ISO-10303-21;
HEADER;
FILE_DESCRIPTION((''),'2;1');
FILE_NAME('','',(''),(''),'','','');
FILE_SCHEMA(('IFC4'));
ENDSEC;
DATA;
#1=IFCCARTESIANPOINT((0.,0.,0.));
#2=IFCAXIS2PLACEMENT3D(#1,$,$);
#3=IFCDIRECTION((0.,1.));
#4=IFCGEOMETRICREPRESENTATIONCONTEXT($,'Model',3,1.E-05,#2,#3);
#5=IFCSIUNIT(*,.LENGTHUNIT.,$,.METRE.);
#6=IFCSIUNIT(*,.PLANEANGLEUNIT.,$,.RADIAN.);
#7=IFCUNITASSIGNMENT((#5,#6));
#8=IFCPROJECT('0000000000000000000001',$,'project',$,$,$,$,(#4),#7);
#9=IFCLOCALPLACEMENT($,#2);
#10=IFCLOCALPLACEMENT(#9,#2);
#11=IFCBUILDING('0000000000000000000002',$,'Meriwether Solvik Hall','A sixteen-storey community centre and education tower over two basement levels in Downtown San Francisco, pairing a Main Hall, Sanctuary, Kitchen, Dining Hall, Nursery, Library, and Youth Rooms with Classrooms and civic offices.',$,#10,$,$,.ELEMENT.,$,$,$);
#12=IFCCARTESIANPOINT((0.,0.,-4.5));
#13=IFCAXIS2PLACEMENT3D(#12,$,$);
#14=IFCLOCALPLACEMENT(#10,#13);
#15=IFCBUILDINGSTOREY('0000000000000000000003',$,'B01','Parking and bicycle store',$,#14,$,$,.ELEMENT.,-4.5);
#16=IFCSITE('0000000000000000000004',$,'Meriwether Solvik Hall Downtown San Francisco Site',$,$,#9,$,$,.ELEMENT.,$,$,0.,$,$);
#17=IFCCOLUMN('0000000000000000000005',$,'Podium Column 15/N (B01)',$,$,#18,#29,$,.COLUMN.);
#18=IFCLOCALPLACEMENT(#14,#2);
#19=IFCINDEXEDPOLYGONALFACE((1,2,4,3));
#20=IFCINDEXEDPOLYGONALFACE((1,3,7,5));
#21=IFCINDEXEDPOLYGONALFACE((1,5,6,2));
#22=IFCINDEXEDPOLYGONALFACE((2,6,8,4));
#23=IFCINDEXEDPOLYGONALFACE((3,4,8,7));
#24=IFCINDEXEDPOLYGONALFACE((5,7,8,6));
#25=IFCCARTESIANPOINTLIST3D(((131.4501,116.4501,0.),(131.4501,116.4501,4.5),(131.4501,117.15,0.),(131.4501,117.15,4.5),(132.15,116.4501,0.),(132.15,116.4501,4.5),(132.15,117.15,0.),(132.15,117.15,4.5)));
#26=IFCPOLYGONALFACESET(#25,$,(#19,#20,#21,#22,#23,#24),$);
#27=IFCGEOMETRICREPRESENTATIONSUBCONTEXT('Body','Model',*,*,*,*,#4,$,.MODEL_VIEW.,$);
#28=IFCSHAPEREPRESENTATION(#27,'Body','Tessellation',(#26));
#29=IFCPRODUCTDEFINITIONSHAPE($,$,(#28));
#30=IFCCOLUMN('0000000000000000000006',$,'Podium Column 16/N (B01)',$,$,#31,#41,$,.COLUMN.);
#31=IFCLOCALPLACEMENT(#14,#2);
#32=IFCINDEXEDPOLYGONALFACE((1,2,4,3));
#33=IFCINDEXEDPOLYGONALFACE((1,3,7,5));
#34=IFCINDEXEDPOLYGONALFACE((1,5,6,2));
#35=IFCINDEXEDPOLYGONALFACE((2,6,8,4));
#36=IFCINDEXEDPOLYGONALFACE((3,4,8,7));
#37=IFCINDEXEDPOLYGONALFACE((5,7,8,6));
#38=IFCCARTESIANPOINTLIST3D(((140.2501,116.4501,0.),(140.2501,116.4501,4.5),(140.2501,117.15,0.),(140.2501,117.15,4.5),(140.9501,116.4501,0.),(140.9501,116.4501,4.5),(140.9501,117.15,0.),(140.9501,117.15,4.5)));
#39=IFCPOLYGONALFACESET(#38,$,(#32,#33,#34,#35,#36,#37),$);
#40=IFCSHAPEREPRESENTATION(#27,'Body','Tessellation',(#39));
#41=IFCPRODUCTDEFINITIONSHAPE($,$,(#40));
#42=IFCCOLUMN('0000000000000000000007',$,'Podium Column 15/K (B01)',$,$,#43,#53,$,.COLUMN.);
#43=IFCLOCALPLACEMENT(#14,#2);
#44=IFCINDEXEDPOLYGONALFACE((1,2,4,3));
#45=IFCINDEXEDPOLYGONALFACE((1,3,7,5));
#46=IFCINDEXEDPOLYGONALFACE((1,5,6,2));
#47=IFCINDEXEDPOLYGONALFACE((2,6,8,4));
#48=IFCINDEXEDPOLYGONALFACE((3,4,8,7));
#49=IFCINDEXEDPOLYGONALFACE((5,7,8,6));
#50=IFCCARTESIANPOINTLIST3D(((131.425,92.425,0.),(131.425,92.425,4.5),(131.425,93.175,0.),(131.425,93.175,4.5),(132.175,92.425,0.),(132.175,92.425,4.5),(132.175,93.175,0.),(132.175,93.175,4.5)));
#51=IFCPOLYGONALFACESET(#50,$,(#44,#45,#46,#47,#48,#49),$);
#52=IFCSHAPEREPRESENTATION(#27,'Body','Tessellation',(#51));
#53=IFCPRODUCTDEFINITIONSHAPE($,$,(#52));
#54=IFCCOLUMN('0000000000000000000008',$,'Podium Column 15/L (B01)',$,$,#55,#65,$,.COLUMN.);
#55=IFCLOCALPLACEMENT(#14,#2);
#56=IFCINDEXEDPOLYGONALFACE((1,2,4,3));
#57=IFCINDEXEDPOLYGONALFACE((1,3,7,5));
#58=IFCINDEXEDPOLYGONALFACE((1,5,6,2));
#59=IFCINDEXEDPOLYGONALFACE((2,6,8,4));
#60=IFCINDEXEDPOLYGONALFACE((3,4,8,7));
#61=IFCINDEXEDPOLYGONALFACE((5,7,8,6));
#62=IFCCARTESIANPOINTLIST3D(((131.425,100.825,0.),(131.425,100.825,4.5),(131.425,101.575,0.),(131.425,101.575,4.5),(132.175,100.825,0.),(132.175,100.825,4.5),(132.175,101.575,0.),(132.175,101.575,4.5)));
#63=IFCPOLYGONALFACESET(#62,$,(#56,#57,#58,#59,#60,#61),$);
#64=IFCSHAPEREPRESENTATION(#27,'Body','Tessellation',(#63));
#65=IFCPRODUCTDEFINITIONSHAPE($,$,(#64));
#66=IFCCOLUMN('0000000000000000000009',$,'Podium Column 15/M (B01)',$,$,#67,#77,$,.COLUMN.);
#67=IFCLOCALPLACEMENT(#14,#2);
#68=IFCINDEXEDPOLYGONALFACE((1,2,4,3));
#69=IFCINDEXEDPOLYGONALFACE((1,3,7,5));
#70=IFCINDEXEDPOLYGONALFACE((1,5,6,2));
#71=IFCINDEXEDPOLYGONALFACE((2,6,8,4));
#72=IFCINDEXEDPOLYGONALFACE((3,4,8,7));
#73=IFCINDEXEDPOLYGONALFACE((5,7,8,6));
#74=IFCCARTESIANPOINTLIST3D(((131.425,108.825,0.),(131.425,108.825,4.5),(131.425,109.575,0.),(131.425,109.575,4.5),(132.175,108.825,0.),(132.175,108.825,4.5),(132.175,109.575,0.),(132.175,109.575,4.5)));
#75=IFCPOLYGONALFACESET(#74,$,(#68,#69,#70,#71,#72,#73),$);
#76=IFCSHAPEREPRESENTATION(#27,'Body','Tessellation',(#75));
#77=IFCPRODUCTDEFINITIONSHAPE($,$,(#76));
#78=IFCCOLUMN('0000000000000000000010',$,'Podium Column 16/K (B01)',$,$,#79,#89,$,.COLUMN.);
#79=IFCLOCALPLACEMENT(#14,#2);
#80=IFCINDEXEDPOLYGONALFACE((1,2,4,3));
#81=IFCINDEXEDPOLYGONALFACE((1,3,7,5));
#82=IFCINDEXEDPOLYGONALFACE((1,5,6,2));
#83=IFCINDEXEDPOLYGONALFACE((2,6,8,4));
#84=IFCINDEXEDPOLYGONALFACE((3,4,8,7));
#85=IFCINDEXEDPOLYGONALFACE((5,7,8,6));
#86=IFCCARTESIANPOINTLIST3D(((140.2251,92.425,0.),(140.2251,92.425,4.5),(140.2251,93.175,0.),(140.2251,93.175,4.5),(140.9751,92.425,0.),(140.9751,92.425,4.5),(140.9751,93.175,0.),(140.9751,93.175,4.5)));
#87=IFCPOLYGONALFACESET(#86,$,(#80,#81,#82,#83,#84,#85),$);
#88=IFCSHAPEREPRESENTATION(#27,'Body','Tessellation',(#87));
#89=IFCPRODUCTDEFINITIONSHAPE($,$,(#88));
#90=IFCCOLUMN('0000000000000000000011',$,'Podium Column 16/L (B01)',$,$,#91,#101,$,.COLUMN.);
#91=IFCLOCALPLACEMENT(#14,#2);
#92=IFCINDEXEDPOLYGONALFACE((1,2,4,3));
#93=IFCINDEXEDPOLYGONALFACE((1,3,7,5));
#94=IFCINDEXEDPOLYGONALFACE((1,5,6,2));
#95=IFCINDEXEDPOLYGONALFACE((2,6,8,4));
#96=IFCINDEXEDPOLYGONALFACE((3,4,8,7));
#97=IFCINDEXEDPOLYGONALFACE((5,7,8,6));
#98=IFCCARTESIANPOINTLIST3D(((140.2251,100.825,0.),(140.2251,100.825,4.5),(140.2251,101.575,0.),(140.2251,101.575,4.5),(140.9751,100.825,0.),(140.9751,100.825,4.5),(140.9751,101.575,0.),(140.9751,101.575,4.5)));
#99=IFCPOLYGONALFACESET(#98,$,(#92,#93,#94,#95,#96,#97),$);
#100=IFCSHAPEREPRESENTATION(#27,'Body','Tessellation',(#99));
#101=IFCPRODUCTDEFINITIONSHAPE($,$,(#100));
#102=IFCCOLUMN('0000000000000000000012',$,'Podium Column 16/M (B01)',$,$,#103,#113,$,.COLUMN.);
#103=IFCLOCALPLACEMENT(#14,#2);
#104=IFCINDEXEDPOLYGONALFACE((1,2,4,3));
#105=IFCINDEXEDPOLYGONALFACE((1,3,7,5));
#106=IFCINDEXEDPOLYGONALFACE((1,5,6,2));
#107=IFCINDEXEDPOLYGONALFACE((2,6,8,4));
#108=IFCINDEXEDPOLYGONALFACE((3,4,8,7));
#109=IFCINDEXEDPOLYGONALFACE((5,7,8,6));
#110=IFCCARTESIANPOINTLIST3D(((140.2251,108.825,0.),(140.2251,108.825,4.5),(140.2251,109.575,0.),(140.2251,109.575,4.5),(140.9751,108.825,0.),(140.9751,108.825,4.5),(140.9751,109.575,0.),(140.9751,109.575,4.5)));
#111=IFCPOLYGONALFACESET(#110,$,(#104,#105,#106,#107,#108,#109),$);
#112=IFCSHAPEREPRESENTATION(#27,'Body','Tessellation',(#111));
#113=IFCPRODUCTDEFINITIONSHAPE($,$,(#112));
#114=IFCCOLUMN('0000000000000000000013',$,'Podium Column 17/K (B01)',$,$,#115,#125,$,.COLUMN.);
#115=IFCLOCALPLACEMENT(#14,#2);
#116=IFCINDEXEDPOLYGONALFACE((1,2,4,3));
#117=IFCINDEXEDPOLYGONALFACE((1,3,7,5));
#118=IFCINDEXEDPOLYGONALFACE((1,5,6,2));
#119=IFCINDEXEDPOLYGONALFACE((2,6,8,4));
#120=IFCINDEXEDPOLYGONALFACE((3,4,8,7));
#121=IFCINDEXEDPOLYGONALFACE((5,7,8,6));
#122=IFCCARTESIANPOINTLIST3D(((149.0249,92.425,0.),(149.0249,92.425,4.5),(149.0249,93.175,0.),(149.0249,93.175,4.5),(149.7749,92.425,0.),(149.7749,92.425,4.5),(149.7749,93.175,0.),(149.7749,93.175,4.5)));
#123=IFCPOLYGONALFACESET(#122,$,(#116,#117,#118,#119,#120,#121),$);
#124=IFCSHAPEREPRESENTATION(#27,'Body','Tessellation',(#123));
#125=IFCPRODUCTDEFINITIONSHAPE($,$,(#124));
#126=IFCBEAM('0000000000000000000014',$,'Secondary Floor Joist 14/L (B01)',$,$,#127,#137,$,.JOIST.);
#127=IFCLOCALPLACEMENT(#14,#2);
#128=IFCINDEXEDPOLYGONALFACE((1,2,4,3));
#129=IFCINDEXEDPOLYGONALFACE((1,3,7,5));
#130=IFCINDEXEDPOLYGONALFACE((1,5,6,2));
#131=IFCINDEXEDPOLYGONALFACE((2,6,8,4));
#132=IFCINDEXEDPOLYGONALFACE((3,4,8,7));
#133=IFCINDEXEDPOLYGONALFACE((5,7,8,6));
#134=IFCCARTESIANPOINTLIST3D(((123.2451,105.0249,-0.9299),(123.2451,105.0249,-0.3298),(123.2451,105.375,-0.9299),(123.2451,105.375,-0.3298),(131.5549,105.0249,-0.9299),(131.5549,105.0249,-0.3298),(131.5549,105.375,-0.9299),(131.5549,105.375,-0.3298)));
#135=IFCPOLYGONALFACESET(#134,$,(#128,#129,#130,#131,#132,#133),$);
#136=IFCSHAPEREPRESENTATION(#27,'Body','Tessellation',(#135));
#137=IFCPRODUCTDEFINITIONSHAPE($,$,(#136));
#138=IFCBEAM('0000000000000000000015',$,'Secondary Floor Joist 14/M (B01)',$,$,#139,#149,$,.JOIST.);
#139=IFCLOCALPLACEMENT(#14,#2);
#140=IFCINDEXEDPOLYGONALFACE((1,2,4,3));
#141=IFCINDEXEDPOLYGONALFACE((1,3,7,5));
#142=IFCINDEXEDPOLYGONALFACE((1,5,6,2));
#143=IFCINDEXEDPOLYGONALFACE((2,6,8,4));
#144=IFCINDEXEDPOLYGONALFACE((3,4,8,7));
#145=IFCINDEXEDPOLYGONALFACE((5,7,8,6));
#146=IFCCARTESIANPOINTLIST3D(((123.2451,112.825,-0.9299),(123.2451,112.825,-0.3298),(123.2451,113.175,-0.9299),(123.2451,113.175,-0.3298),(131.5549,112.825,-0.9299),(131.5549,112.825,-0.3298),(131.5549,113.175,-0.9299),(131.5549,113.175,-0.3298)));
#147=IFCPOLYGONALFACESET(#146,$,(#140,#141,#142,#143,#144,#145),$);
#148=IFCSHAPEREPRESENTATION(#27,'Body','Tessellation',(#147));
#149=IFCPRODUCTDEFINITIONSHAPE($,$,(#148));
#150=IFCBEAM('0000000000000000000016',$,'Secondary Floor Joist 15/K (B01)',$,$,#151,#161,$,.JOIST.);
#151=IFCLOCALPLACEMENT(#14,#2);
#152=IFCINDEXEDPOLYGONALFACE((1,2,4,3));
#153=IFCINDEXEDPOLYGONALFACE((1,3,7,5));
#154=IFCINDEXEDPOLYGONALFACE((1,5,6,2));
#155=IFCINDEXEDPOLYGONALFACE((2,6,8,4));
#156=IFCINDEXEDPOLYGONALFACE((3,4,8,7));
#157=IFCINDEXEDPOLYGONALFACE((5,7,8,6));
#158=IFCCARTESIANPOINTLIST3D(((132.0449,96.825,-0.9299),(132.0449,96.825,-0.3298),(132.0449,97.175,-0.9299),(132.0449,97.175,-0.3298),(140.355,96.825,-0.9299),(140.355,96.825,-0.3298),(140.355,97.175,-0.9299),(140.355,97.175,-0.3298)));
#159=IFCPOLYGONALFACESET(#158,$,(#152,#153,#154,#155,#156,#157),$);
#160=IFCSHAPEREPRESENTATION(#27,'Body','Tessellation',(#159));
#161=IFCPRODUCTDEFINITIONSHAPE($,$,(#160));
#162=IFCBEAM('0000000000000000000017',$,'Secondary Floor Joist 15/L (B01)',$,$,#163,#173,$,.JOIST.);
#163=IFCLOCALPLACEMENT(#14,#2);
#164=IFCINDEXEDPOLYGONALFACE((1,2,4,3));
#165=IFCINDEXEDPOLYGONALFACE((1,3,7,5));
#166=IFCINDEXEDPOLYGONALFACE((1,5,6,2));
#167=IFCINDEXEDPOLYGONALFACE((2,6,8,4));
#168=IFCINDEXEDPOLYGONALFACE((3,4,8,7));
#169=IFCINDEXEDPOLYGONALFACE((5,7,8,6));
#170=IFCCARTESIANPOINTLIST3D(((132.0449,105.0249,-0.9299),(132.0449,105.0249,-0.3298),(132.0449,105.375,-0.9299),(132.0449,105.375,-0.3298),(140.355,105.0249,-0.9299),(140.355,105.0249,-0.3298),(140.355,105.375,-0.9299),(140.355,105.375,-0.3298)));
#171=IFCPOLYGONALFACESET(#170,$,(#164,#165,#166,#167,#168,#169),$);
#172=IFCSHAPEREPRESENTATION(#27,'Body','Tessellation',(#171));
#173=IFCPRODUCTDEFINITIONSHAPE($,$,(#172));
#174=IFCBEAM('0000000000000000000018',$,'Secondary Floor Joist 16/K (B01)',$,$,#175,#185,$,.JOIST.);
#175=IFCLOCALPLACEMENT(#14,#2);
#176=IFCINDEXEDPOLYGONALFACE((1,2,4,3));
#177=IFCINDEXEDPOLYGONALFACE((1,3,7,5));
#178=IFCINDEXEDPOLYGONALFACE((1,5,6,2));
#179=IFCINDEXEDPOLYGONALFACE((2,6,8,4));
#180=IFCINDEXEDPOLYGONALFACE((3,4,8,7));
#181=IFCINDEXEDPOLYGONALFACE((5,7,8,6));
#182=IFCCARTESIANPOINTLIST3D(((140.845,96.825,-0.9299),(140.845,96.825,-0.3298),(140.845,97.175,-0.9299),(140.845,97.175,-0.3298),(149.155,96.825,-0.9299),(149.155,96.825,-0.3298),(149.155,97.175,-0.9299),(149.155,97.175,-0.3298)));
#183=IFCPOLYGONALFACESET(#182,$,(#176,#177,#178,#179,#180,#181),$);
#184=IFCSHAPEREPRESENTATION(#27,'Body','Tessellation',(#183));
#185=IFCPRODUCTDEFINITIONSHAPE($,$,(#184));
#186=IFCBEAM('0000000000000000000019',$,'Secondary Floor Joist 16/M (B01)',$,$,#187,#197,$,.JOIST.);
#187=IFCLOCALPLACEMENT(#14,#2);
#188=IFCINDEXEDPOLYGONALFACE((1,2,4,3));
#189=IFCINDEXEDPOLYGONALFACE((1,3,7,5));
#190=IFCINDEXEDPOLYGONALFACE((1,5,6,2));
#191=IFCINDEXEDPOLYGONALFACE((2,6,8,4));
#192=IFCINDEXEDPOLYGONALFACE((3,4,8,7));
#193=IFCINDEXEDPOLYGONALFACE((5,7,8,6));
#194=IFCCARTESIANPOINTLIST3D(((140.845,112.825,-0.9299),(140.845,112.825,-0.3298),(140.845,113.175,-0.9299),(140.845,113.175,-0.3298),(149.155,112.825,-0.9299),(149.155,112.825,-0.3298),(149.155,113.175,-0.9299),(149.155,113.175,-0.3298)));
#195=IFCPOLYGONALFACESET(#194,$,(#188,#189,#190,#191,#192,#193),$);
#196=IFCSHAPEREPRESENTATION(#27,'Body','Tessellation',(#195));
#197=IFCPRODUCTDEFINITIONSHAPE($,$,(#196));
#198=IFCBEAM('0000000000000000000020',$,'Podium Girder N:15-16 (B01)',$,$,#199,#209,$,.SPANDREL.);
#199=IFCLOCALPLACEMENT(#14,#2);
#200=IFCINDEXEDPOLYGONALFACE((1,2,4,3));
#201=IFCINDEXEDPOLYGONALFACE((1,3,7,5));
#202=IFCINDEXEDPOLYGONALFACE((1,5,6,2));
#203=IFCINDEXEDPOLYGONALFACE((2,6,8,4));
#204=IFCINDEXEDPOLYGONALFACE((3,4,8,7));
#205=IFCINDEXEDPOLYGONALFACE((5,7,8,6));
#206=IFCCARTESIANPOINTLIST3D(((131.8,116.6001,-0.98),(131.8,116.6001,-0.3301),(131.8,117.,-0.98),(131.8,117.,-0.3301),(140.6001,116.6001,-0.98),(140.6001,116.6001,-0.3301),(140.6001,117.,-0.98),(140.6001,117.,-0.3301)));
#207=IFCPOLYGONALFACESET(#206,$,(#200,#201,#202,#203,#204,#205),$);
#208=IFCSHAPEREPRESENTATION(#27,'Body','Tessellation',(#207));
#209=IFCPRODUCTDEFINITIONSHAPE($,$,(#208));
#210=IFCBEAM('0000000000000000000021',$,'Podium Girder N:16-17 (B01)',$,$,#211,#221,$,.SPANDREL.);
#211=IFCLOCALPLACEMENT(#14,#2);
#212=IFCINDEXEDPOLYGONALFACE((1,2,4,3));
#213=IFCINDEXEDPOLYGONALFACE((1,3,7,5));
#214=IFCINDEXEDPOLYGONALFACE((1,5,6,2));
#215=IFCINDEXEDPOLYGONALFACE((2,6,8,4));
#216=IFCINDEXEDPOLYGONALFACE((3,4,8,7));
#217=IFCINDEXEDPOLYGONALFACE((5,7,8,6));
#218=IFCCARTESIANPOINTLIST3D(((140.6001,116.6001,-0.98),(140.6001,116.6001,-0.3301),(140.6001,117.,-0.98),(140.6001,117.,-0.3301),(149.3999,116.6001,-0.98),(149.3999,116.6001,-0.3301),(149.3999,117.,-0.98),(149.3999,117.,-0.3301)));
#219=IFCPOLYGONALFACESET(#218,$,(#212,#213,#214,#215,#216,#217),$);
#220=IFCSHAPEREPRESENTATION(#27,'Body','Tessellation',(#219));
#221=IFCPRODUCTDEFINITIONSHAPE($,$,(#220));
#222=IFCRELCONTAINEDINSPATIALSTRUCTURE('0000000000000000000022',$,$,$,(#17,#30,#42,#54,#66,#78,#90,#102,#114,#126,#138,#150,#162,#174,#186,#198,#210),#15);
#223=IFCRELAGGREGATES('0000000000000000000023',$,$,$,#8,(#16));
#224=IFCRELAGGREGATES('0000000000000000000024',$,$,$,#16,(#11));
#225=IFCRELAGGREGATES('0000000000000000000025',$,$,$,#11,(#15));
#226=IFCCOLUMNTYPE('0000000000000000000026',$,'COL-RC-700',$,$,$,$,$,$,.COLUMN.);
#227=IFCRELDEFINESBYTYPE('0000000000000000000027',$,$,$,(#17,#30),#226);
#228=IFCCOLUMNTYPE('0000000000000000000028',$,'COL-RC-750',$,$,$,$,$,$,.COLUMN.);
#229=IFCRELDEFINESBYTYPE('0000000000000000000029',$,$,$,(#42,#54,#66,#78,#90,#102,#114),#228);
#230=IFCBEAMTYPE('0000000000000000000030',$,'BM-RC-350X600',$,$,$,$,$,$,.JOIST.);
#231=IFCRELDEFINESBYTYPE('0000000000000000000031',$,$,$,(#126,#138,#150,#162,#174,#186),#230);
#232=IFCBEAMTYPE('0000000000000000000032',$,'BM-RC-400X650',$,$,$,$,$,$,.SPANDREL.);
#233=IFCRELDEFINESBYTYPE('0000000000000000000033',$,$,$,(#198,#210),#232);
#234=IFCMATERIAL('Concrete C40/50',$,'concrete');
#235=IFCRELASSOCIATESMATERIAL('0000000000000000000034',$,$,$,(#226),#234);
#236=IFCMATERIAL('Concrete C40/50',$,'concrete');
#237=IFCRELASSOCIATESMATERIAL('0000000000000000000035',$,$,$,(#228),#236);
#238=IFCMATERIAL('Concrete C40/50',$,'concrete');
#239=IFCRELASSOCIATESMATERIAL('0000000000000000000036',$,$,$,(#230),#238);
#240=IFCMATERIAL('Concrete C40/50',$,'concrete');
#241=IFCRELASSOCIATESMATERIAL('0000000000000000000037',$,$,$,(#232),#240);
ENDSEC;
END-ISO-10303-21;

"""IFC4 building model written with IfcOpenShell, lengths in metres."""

from ifc_helpers import new_model, si_unit, direction, frame, origin, origin_2d, place, context, subcontext, project, spatial, rectangle, extrude, material, material_profile, profile_set, type_object, element, save


model = new_model("IFC4")

# Units and contexts
model_context = context("Model", 3, precision=1e-05, world=origin(), true_north=direction((0.0, 1.0)))
body_context = subcontext(model_context, "Body", "Model", "MODEL_VIEW")
ifc_project = project(units=[si_unit("LENGTHUNIT", "METRE"), si_unit("PLANEANGLEUNIT", "RADIAN")], contexts=[model_context])

# Site, building, storey
site_placement = place(None, origin())
site = spatial("IfcSite", under=ifc_project, at=site_placement, Name="Meriwether Solvik Hall Downtown San Francisco Site", CompositionType="ELEMENT", RefElevation=0.0)
building_placement = place(site_placement, origin())
building = spatial("IfcBuilding", under=site, at=building_placement, Name="Meriwether Solvik Hall", Description="A sixteen-storey community centre and education tower over two basement levels in Downtown San Francisco, pairing a Main Hall, Sanctuary, Kitchen, Dining Hall, Nursery, Library, and Youth Rooms with Classrooms and civic offices.", CompositionType="ELEMENT")
storey_placement = place(building_placement, frame((0.0, 0.0, -4.5)))
storey = spatial("IfcBuildingStorey", under=building, at=storey_placement, Name="B01", Description="Parking and bicycle store", CompositionType="ELEMENT", Elevation=-4.5)

# Columns
ifc_material_1 = material(Name="Concrete C40/50", Category="concrete")
ifc_material_profile_1 = material_profile(ifc_material_1, rectangle(XDim=0.7, YDim=0.7, at=origin_2d()), Name="RCC-700X700")
ifc_profile_set_1 = profile_set([ifc_material_profile_1], Name="Concrete C40/50")
column_type_1 = type_object("IfcColumnType", Name="COL-RC-700", PredefinedType="COLUMN", material=ifc_profile_set_1)
for number, where, z_axis, x_axis, name in (
    (1, (131.8, 116.8, 0.0), (0.0, 0.0, 1.0), (1.0, 0.0, 0.0), "Podium Column 15/N (B01)"),
    (2, (140.6001, 116.8, 0.0), (0.0, 0.0, 1.0), (1.0, 0.0, 0.0), "Podium Column 16/N (B01)"),
):
    element("IfcColumn", number, at=place(storey_placement, frame(where, z_axis=z_axis, x_axis=x_axis)), inside=storey, type_object=column_type_1, Name=name, PredefinedType="COLUMN", context=body_context, shape_type="SweptSolid", body=[
        extrude(rectangle(XDim=0.7, YDim=0.7, at=origin_2d()), origin(), (0.0, 0.0, 1.0), 4.5),
    ])
ifc_material_2 = material(Name="Concrete C40/50", Category="concrete")
ifc_material_profile_2 = material_profile(ifc_material_2, rectangle(XDim=0.75, YDim=0.75, at=origin_2d()), Name="RCC-750X750")
ifc_profile_set_2 = profile_set([ifc_material_profile_2], Name="Concrete C40/50")
column_type_2 = type_object("IfcColumnType", Name="COL-RC-750", PredefinedType="COLUMN", material=ifc_profile_set_2)
for number, where, z_axis, x_axis, name in (
    (3, (131.8, 92.8, 0.0), (0.0, 0.0, 1.0), (1.0, 0.0, 0.0), "Podium Column 15/K (B01)"),
    (4, (131.8, 101.2, 0.0), (0.0, 0.0, 1.0), (1.0, 0.0, 0.0), "Podium Column 15/L (B01)"),
    (5, (131.8, 109.2, 0.0), (0.0, 0.0, 1.0), (1.0, 0.0, 0.0), "Podium Column 15/M (B01)"),
    (6, (140.6001, 92.8, 0.0), (0.0, 0.0, 1.0), (1.0, 0.0, 0.0), "Podium Column 16/K (B01)"),
    (7, (140.6001, 101.2, 0.0), (0.0, 0.0, 1.0), (1.0, 0.0, 0.0), "Podium Column 16/L (B01)"),
    (8, (140.6001, 109.2, 0.0), (0.0, 0.0, 1.0), (1.0, 0.0, 0.0), "Podium Column 16/M (B01)"),
    (9, (149.3999, 92.8, 0.0), (0.0, 0.0, 1.0), (1.0, 0.0, 0.0), "Podium Column 17/K (B01)"),
):
    element("IfcColumn", number, at=place(storey_placement, frame(where, z_axis=z_axis, x_axis=x_axis)), inside=storey, type_object=column_type_2, Name=name, PredefinedType="COLUMN", context=body_context, shape_type="SweptSolid", body=[
        extrude(rectangle(XDim=0.75, YDim=0.75, at=origin_2d()), origin(), (0.0, 0.0, 1.0), 4.5),
    ])

# Beams
ifc_material_3 = material(Name="Concrete C40/50", Category="concrete")
ifc_material_profile_3 = material_profile(ifc_material_3, rectangle(XDim=0.3501, YDim=0.6001, at=origin_2d()), Name="RCB-350X600")
ifc_profile_set_3 = profile_set([ifc_material_profile_3], Name="Concrete C40/50")
beam_type_1 = type_object("IfcBeamType", Name="BM-RC-350X600", PredefinedType="JOIST", material=ifc_profile_set_3)
for number, where, z_axis, x_axis, name in (
    (10, (123.2451, 105.2, -0.6299), (1.0, 0.0, 0.0), (0.0, 1.0, 0.0), "Secondary Floor Joist 14/L (B01)"),
    (11, (123.2451, 113.0, -0.6299), (1.0, 0.0, 0.0), (0.0, 1.0, 0.0), "Secondary Floor Joist 14/M (B01)"),
):
    element("IfcBeam", number, at=place(storey_placement, frame(where, z_axis=z_axis, x_axis=x_axis)), inside=storey, type_object=beam_type_1, Name=name, PredefinedType="JOIST", context=body_context, shape_type="SweptSolid", body=[
        extrude(rectangle(XDim=0.3501, YDim=0.6001, at=origin_2d()), origin(), (0.0, 0.0, 1.0), 8.3098),
    ])
for number, where, z_axis, x_axis, name in (
    (12, (132.0449, 97.0, -0.6299), (1.0, 0.0, 0.0), (0.0, 1.0, 0.0), "Secondary Floor Joist 15/K (B01)"),
    (13, (132.0449, 105.2, -0.6299), (1.0, 0.0, 0.0), (0.0, 1.0, 0.0), "Secondary Floor Joist 15/L (B01)"),
    (14, (140.845, 97.0, -0.6299), (1.0, 0.0, 0.0), (0.0, 1.0, 0.0), "Secondary Floor Joist 16/K (B01)"),
    (15, (140.845, 113.0, -0.6299), (1.0, 0.0, 0.0), (0.0, 1.0, 0.0), "Secondary Floor Joist 16/M (B01)"),
):
    element("IfcBeam", number, at=place(storey_placement, frame(where, z_axis=z_axis, x_axis=x_axis)), inside=storey, type_object=beam_type_1, Name=name, PredefinedType="JOIST", context=body_context, shape_type="SweptSolid", body=[
        extrude(rectangle(XDim=0.3501, YDim=0.6001, at=origin_2d()), origin(), (0.0, 0.0, 1.0), 8.3101),
    ])
ifc_material_4 = material(Name="Concrete C40/50", Category="concrete")
ifc_material_profile_4 = material_profile(ifc_material_4, rectangle(XDim=0.3999, YDim=0.6499, at=origin_2d()), Name="RCB-400X650")
ifc_profile_set_4 = profile_set([ifc_material_profile_4], Name="Concrete C40/50")
beam_type_2 = type_object("IfcBeamType", Name="BM-RC-400X650", PredefinedType="SPANDREL", material=ifc_profile_set_4)
beam_1_placement = place(storey_placement, frame((131.8, 116.8, -0.655), z_axis=(1.0, 0.0, 0.0), x_axis=(0.0, 1.0, 0.0)))
element("IfcBeam", 16, at=beam_1_placement, inside=storey, type_object=beam_type_2, Name="Podium Girder N:15-16 (B01)", PredefinedType="SPANDREL", context=body_context, shape_type="SweptSolid", body=[
    extrude(rectangle(XDim=0.3999, YDim=0.6499, at=origin_2d()), origin(), (0.0, 0.0, 1.0), 8.8),
])
beam_2_placement = place(storey_placement, frame((140.6001, 116.8, -0.655), z_axis=(1.0, 0.0, 0.0), x_axis=(0.0, 1.0, 0.0)))
element("IfcBeam", 17, at=beam_2_placement, inside=storey, type_object=beam_type_2, Name="Podium Girder N:16-17 (B01)", PredefinedType="SPANDREL", context=body_context, shape_type="SweptSolid", body=[
    extrude(rectangle(XDim=0.3999, YDim=0.6499, at=origin_2d()), origin(), (0.0, 0.0, 1.0), 8.7998),
])

save(model, "model.ifc")
